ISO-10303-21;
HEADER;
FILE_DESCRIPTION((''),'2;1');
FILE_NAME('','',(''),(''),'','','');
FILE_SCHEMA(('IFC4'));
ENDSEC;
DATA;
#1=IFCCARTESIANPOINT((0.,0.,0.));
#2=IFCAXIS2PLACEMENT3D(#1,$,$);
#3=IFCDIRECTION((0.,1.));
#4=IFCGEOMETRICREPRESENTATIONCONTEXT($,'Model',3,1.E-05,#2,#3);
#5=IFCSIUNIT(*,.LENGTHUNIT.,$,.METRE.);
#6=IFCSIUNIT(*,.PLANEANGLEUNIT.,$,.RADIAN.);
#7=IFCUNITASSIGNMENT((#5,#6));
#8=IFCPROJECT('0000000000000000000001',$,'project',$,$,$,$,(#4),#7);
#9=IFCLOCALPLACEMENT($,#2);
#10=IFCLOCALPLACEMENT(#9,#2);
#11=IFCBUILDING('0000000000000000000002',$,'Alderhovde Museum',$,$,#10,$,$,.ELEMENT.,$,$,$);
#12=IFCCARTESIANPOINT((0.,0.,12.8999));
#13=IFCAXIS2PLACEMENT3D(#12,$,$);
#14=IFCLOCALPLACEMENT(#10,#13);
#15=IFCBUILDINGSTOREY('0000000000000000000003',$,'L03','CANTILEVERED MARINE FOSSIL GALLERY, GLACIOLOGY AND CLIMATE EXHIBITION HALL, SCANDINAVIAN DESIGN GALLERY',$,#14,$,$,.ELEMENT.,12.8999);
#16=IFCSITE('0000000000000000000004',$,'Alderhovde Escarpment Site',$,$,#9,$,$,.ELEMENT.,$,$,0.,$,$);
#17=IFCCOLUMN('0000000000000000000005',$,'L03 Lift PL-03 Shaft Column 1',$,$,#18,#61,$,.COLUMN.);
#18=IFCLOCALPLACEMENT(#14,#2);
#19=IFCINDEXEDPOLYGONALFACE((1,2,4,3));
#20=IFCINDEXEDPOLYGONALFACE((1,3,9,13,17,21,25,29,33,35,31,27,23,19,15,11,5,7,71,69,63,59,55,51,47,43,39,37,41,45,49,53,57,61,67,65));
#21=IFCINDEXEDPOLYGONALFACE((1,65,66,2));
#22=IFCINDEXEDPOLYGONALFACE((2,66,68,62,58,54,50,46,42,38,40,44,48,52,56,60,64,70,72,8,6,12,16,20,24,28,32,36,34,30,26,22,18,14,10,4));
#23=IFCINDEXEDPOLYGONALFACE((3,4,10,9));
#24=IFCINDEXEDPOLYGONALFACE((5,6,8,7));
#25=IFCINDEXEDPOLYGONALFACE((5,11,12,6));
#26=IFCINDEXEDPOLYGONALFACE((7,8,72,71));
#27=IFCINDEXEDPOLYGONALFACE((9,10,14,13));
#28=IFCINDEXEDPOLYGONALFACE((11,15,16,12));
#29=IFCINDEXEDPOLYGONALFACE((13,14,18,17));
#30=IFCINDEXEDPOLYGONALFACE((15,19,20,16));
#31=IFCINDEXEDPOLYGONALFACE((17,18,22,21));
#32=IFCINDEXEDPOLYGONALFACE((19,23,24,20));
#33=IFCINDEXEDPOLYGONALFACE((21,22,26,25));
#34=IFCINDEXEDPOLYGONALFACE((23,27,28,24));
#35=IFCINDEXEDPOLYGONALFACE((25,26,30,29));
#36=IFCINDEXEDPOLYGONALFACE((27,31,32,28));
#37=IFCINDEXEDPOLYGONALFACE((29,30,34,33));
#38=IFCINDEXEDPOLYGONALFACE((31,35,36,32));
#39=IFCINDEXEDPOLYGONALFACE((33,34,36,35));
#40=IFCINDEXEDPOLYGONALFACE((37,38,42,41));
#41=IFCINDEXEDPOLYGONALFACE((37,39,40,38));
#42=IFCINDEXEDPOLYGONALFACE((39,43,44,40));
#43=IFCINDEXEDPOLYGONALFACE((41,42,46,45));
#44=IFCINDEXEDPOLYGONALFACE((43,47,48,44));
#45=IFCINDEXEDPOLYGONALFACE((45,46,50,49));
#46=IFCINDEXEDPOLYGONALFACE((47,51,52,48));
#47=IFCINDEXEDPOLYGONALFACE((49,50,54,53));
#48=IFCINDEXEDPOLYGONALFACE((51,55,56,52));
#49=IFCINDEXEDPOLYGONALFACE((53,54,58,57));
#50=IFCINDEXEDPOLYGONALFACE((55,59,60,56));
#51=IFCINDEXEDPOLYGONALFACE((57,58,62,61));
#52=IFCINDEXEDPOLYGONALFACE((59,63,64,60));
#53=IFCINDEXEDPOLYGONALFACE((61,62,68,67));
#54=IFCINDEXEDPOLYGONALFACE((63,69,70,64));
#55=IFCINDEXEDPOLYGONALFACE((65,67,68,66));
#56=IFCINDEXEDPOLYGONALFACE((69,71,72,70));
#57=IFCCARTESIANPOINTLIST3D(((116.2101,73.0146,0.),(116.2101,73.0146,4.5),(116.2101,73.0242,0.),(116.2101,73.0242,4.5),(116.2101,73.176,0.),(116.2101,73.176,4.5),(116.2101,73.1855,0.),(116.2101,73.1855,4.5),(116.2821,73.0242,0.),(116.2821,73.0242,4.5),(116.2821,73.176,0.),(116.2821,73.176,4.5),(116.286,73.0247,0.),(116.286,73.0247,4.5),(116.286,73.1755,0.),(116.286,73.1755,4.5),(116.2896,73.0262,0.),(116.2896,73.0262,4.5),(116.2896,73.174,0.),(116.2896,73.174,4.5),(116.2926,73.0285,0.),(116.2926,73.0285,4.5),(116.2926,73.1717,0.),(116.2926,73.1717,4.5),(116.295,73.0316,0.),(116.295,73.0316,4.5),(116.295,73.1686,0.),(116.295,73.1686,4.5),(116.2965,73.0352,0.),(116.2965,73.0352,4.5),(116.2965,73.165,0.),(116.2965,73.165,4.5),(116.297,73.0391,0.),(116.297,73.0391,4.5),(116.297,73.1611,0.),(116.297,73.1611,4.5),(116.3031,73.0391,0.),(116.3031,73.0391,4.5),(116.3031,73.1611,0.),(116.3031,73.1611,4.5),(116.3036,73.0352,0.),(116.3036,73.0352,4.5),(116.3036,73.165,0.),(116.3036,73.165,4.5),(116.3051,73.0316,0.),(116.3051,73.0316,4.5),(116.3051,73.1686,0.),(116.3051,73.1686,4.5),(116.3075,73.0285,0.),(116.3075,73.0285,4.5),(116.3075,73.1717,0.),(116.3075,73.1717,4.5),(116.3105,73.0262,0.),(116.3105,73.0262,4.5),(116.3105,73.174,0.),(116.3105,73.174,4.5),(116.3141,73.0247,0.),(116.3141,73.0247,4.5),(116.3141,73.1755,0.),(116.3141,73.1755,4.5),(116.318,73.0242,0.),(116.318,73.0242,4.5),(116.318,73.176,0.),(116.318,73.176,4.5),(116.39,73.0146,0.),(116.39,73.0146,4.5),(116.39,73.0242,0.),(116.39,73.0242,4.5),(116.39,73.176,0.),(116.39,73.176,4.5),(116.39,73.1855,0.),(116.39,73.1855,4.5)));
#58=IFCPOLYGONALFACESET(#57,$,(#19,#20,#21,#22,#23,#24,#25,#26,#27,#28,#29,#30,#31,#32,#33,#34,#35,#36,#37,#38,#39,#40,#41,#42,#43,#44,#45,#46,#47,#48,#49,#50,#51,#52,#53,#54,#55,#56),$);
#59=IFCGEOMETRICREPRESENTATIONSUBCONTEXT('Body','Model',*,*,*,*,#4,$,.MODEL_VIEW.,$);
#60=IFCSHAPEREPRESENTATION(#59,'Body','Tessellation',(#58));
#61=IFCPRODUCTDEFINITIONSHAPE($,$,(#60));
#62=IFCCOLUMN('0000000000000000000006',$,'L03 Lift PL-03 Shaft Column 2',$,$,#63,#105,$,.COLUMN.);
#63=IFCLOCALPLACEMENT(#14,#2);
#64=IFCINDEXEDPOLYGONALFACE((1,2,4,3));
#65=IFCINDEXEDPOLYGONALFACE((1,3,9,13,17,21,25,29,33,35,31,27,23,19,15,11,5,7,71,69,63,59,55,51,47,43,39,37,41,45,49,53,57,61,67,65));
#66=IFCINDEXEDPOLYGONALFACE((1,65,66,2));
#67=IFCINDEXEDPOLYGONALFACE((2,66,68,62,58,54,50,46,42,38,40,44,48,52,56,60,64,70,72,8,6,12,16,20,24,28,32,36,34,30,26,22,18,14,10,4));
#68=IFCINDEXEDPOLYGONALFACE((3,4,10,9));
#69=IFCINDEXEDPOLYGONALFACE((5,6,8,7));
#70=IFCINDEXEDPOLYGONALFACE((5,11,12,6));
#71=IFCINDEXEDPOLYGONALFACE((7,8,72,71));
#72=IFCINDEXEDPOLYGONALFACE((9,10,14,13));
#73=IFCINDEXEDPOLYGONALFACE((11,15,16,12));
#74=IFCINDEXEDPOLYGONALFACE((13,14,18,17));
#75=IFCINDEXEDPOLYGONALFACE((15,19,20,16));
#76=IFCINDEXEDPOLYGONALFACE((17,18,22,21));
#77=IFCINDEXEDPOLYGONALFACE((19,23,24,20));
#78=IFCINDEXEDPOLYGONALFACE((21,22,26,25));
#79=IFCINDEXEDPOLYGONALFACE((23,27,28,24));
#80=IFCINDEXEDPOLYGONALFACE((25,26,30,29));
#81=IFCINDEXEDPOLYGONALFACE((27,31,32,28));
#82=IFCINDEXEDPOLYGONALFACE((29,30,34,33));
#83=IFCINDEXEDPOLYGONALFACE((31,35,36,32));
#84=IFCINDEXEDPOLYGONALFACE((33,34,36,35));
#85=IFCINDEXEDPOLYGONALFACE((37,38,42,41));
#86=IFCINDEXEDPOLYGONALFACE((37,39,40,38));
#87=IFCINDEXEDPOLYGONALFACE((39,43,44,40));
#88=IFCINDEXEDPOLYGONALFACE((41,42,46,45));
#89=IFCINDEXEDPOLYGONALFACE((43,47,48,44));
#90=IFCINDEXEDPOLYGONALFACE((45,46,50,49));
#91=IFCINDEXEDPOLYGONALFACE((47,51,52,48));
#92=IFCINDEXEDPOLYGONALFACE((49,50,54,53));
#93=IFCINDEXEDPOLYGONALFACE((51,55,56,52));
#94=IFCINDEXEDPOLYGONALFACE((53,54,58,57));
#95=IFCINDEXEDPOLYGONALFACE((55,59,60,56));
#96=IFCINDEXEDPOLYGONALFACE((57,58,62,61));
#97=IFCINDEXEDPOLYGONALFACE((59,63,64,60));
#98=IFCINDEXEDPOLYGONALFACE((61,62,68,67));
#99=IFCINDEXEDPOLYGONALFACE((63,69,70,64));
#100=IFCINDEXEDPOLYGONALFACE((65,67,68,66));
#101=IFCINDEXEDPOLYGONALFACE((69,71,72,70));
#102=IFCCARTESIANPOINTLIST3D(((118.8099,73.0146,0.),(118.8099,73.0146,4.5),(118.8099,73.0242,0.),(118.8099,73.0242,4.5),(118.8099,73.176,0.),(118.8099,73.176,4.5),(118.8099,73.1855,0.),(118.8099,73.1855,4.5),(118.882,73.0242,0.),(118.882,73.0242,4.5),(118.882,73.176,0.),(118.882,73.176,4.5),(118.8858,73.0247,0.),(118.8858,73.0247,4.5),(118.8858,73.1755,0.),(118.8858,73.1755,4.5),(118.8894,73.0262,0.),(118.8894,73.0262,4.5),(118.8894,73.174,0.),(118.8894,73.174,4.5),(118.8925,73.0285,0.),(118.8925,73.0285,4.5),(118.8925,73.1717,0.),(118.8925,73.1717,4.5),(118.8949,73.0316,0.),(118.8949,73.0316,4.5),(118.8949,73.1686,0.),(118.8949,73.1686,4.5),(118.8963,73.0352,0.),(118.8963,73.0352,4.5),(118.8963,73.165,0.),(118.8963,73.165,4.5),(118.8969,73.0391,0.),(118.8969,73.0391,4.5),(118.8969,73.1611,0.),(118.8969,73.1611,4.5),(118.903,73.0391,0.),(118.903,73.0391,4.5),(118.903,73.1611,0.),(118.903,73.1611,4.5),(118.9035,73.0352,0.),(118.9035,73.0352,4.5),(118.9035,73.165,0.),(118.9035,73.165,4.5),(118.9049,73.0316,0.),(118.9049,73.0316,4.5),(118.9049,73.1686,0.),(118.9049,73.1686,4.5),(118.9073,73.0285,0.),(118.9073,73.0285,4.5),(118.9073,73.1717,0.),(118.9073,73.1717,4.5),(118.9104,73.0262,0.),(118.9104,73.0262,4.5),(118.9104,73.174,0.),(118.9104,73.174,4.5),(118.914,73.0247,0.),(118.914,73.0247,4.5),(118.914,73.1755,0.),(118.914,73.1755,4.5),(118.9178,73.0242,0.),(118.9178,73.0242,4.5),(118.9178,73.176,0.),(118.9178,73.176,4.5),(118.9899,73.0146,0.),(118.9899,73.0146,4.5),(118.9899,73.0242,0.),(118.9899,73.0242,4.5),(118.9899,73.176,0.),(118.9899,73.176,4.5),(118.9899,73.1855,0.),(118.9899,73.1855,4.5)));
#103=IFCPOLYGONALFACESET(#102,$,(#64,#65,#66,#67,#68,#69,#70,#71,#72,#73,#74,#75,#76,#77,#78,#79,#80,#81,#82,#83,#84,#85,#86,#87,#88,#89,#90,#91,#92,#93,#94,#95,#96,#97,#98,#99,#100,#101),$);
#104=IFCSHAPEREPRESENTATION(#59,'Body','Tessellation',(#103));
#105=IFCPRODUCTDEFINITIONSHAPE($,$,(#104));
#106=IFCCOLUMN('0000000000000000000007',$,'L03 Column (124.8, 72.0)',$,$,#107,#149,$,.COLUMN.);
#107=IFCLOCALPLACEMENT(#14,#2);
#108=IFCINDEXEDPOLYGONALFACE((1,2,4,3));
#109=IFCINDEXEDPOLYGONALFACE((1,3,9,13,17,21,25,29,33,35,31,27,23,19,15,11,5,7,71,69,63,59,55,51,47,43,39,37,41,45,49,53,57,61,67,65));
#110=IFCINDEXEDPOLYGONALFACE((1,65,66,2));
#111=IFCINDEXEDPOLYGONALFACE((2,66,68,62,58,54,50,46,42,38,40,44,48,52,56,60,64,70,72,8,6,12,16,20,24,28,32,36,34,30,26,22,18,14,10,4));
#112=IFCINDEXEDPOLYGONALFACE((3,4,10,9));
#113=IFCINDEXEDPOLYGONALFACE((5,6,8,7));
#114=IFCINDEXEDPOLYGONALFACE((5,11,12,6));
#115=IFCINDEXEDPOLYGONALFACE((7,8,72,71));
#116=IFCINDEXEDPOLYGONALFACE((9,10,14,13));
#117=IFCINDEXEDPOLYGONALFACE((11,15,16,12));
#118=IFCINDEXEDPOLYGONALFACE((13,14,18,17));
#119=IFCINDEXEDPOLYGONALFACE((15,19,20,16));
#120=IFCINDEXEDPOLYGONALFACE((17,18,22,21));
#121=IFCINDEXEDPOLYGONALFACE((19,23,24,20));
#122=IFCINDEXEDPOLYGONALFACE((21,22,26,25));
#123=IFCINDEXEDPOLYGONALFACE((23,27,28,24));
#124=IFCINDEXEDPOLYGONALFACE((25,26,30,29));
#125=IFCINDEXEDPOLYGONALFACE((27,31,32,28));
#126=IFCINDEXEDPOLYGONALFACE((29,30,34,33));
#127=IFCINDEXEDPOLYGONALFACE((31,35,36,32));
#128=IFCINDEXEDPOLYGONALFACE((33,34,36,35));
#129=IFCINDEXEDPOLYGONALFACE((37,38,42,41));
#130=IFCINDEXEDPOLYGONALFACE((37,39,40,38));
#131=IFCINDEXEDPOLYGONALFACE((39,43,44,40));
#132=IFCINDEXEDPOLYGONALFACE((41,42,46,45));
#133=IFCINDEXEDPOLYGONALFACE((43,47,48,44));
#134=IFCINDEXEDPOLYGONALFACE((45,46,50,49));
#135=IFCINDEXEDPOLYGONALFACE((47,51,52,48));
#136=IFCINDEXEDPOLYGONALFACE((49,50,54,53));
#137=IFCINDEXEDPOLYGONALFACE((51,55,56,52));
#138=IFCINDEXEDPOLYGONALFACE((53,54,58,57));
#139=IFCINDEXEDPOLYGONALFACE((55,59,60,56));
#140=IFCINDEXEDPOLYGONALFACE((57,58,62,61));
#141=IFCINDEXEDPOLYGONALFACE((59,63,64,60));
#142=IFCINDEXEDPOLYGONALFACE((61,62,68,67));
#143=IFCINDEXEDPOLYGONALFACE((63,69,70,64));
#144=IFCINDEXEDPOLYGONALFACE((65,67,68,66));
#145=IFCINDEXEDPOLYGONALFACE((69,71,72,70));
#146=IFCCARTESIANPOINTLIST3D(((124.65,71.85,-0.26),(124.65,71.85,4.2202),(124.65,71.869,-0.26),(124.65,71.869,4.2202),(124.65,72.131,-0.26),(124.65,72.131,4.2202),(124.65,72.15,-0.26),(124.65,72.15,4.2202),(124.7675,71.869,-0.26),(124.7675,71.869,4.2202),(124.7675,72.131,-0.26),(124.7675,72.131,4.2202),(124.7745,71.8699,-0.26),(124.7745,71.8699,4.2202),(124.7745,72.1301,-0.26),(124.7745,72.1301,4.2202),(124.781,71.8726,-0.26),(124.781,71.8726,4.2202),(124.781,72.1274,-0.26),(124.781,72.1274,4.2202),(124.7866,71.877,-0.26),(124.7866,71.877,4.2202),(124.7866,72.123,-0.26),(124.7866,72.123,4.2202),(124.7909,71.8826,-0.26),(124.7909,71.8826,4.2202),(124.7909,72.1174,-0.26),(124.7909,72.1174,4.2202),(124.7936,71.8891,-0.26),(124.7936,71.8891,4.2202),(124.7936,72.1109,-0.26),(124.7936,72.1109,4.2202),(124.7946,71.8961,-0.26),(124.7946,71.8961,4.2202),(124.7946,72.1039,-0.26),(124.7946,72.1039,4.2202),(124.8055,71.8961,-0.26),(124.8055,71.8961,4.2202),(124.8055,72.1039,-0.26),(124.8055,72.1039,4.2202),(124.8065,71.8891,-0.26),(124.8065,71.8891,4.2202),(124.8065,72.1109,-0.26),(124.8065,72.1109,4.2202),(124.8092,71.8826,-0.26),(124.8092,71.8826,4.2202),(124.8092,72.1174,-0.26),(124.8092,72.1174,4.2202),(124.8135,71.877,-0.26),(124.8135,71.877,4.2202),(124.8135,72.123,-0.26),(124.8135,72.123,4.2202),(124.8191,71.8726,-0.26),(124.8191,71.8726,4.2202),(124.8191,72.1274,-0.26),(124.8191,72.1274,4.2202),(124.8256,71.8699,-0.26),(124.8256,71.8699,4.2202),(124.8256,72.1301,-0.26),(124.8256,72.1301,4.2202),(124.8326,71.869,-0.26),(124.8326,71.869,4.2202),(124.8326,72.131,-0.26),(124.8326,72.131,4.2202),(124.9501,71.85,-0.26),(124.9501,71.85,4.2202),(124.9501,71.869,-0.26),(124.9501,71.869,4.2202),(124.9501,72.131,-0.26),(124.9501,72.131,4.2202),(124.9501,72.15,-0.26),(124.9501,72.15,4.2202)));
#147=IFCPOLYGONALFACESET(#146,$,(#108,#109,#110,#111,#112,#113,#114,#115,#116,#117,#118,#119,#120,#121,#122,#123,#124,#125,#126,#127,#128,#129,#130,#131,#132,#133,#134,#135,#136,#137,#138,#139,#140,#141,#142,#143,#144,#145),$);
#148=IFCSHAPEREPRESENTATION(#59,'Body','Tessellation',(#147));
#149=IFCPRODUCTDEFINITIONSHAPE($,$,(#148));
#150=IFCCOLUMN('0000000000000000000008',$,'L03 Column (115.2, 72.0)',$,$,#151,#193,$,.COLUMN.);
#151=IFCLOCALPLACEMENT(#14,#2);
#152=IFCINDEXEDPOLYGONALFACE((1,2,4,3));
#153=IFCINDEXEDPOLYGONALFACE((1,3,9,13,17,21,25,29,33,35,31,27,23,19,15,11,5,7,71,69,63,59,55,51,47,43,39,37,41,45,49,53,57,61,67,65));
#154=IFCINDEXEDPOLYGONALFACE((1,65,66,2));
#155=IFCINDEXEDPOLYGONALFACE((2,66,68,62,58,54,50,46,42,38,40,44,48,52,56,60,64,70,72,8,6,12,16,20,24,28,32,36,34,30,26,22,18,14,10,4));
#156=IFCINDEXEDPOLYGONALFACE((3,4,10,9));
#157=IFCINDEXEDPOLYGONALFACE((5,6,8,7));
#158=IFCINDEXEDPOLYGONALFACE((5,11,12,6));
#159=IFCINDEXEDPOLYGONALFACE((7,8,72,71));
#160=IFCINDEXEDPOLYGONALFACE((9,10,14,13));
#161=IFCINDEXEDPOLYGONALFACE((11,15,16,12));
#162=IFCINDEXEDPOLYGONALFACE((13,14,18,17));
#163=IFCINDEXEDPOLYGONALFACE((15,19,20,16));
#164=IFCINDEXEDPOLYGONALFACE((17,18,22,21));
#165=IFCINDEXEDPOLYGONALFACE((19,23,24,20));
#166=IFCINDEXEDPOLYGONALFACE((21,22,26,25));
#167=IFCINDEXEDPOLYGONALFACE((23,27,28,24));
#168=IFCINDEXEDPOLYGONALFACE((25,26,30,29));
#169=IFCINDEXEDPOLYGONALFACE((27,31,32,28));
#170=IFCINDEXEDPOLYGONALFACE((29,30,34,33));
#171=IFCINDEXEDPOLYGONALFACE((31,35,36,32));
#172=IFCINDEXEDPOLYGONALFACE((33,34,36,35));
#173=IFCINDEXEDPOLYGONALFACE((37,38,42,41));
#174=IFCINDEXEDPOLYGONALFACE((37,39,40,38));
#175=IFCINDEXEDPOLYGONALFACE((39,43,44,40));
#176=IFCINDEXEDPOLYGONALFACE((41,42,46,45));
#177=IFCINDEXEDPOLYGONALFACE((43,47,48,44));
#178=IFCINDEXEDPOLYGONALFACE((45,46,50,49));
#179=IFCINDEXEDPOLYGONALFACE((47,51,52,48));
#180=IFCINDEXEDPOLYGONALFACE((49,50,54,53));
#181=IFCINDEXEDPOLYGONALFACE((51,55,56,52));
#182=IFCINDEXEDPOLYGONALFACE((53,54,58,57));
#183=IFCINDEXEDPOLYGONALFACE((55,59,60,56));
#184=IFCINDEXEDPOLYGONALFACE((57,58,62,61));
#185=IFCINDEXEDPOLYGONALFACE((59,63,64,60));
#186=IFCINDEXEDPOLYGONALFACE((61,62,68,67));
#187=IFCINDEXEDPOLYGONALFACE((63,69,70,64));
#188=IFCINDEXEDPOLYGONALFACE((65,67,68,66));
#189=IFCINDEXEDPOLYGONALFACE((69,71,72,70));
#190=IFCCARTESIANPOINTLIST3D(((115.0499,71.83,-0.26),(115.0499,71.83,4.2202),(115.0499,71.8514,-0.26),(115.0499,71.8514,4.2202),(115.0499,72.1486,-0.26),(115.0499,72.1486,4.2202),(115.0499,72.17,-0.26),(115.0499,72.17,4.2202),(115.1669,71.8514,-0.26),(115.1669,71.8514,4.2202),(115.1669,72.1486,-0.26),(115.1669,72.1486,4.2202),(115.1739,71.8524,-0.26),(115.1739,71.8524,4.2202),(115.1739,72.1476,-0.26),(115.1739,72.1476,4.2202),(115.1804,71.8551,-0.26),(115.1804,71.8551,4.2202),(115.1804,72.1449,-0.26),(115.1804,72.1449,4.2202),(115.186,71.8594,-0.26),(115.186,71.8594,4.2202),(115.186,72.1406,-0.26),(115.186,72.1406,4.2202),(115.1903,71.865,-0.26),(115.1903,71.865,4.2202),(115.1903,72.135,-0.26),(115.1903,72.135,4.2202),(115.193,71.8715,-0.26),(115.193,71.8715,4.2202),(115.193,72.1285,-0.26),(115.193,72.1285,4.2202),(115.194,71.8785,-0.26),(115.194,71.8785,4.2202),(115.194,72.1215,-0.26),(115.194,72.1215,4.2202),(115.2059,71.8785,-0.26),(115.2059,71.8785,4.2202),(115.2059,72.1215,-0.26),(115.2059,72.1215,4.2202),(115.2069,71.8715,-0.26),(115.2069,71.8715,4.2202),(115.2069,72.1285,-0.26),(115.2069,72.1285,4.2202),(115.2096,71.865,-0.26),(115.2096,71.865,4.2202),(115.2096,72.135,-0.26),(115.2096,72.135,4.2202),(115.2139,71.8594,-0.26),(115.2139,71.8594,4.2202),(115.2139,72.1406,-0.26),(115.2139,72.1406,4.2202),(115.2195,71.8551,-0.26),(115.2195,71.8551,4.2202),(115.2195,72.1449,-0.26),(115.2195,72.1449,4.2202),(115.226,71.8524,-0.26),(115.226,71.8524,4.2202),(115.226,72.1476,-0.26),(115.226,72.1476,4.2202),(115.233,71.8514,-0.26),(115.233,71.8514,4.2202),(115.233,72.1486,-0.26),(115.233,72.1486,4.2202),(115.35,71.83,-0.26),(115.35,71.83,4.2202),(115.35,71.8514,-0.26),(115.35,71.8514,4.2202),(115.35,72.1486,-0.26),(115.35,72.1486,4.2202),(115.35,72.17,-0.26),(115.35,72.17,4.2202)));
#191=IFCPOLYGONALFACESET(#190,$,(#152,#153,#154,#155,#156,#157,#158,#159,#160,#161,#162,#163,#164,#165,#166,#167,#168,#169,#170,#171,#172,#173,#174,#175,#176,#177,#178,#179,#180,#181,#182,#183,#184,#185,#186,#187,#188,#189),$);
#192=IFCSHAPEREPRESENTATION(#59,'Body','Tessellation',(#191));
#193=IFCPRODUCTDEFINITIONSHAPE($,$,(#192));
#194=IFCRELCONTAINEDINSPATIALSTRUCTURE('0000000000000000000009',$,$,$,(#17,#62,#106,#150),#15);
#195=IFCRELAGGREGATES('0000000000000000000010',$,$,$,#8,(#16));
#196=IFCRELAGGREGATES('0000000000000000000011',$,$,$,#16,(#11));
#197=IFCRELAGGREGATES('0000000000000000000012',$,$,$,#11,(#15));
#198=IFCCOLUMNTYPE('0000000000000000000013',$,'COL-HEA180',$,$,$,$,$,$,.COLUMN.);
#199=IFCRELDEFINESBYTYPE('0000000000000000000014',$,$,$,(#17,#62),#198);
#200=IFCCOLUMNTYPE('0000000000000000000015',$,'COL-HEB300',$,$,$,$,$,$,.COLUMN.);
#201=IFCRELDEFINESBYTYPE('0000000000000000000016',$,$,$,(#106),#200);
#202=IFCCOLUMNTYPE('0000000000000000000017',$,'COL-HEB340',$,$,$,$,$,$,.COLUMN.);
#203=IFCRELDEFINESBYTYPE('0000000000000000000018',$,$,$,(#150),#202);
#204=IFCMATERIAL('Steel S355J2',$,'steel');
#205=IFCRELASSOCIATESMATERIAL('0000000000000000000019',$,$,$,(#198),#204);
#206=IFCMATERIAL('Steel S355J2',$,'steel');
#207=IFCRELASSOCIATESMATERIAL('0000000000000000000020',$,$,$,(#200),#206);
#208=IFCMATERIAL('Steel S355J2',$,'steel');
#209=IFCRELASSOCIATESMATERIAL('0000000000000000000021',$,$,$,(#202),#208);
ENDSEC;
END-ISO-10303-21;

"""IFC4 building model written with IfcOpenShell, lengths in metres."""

from ifc_helpers import new_model, si_unit, direction, frame, origin, origin_2d, place, context, subcontext, project, spatial, i_section, extrude, material, material_profile, profile_set, type_object, element, save


model = new_model("IFC4")

# Units and contexts
model_context = context("Model", 3, precision=1e-05, world=origin(), true_north=direction((0.0, 1.0)))
body_context = subcontext(model_context, "Body", "Model", "MODEL_VIEW")
ifc_project = project(units=[si_unit("LENGTHUNIT", "METRE"), si_unit("PLANEANGLEUNIT", "RADIAN")], contexts=[model_context])

# Site, building, storey
site_placement = place(None, origin())
site = spatial("IfcSite", under=ifc_project, at=site_placement, Name="Alderhovde Escarpment Site", CompositionType="ELEMENT", RefElevation=0.0)
building_placement = place(site_placement, origin())
building = spatial("IfcBuilding", under=site, at=building_placement, Name="Alderhovde Museum", CompositionType="ELEMENT")
storey_placement = place(building_placement, frame((0.0, 0.0, 12.8999)))
storey = spatial("IfcBuildingStorey", under=building, at=storey_placement, Name="L03", Description="CANTILEVERED MARINE FOSSIL GALLERY, GLACIOLOGY AND CLIMATE EXHIBITION HALL, SCANDINAVIAN DESIGN GALLERY", CompositionType="ELEMENT", Elevation=12.8999)

# Columns
ifc_material_1 = material(Name="Steel S355J2", Category="steel")
ifc_material_profile_1 = material_profile(ifc_material_1, i_section(OverallWidth=0.1799, OverallDepth=0.1709, WebThickness=0.0061, FlangeThickness=0.0095, FilletRadius=0.0149, at=origin_2d()), Name="HEA 180")
ifc_profile_set_1 = profile_set([ifc_material_profile_1], Name="Steel S355J2")
column_type_1 = type_object("IfcColumnType", Name="COL-HEA180", PredefinedType="COLUMN", material=ifc_profile_set_1)
for number, where, z_axis, x_axis, name in (
    (1, (116.3, 73.1001, 0.0), (0.0, 0.0, 1.0), (1.0, 0.0, 0.0), "L03 Lift PL-03 Shaft Column 1"),
    (2, (118.8999, 73.1001, 0.0), (0.0, 0.0, 1.0), (1.0, 0.0, 0.0), "L03 Lift PL-03 Shaft Column 2"),
):
    element("IfcColumn", number, at=place(storey_placement, frame(where, z_axis=z_axis, x_axis=x_axis)), inside=storey, type_object=column_type_1, Name=name, PredefinedType="COLUMN", context=body_context, shape_type="SweptSolid", body=[
        extrude(i_section(OverallWidth=0.1799, OverallDepth=0.1709, WebThickness=0.0061, FlangeThickness=0.0095, FilletRadius=0.0149, at=origin_2d()), origin(), (0.0, 0.0, 1.0), 4.5),
    ])
ifc_material_2 = material(Name="Steel S355J2", Category="steel")
ifc_material_profile_2 = material_profile(ifc_material_2, i_section(OverallWidth=0.3, OverallDepth=0.3, WebThickness=0.011, FlangeThickness=0.019, FilletRadius=0.0271, at=origin_2d()), Name="HEB 300")
ifc_profile_set_2 = profile_set([ifc_material_profile_2], Name="Steel S355J2")
column_type_2 = type_object("IfcColumnType", Name="COL-HEB300", PredefinedType="COLUMN", material=ifc_profile_set_2)
column_1_placement = place(storey_placement, frame((124.8, 72.0, -0.26), z_axis=(0.0, 0.0, 1.0), x_axis=(1.0, 0.0, 0.0)))
element("IfcColumn", 3, at=column_1_placement, inside=storey, type_object=column_type_2, Name="L03 Column (124.8, 72.0)", PredefinedType="COLUMN", context=body_context, shape_type="SweptSolid", body=[
    extrude(i_section(OverallWidth=0.3, OverallDepth=0.3, WebThickness=0.011, FlangeThickness=0.019, FilletRadius=0.0271, at=origin_2d()), origin(), (0.0, 0.0, 1.0), 4.4802),
])
ifc_material_3 = material(Name="Steel S355J2", Category="steel")
ifc_material_profile_3 = material_profile(ifc_material_3, i_section(OverallWidth=0.3, OverallDepth=0.3401, WebThickness=0.012, FlangeThickness=0.0215, FilletRadius=0.0271, at=origin_2d()), Name="HEB 340")
ifc_profile_set_3 = profile_set([ifc_material_profile_3], Name="Steel S355J2")
column_type_3 = type_object("IfcColumnType", Name="COL-HEB340", PredefinedType="COLUMN", material=ifc_profile_set_3)
column_2_placement = place(storey_placement, frame((115.2, 72.0, -0.26), z_axis=(0.0, 0.0, 1.0), x_axis=(1.0, 0.0, 0.0)))
element("IfcColumn", 4, at=column_2_placement, inside=storey, type_object=column_type_3, Name="L03 Column (115.2, 72.0)", PredefinedType="COLUMN", context=body_context, shape_type="SweptSolid", body=[
    extrude(i_section(OverallWidth=0.3, OverallDepth=0.3401, WebThickness=0.012, FlangeThickness=0.0215, FilletRadius=0.0271, at=origin_2d()), origin(), (0.0, 0.0, 1.0), 4.4802),
])

save(model, "model.ifc")
